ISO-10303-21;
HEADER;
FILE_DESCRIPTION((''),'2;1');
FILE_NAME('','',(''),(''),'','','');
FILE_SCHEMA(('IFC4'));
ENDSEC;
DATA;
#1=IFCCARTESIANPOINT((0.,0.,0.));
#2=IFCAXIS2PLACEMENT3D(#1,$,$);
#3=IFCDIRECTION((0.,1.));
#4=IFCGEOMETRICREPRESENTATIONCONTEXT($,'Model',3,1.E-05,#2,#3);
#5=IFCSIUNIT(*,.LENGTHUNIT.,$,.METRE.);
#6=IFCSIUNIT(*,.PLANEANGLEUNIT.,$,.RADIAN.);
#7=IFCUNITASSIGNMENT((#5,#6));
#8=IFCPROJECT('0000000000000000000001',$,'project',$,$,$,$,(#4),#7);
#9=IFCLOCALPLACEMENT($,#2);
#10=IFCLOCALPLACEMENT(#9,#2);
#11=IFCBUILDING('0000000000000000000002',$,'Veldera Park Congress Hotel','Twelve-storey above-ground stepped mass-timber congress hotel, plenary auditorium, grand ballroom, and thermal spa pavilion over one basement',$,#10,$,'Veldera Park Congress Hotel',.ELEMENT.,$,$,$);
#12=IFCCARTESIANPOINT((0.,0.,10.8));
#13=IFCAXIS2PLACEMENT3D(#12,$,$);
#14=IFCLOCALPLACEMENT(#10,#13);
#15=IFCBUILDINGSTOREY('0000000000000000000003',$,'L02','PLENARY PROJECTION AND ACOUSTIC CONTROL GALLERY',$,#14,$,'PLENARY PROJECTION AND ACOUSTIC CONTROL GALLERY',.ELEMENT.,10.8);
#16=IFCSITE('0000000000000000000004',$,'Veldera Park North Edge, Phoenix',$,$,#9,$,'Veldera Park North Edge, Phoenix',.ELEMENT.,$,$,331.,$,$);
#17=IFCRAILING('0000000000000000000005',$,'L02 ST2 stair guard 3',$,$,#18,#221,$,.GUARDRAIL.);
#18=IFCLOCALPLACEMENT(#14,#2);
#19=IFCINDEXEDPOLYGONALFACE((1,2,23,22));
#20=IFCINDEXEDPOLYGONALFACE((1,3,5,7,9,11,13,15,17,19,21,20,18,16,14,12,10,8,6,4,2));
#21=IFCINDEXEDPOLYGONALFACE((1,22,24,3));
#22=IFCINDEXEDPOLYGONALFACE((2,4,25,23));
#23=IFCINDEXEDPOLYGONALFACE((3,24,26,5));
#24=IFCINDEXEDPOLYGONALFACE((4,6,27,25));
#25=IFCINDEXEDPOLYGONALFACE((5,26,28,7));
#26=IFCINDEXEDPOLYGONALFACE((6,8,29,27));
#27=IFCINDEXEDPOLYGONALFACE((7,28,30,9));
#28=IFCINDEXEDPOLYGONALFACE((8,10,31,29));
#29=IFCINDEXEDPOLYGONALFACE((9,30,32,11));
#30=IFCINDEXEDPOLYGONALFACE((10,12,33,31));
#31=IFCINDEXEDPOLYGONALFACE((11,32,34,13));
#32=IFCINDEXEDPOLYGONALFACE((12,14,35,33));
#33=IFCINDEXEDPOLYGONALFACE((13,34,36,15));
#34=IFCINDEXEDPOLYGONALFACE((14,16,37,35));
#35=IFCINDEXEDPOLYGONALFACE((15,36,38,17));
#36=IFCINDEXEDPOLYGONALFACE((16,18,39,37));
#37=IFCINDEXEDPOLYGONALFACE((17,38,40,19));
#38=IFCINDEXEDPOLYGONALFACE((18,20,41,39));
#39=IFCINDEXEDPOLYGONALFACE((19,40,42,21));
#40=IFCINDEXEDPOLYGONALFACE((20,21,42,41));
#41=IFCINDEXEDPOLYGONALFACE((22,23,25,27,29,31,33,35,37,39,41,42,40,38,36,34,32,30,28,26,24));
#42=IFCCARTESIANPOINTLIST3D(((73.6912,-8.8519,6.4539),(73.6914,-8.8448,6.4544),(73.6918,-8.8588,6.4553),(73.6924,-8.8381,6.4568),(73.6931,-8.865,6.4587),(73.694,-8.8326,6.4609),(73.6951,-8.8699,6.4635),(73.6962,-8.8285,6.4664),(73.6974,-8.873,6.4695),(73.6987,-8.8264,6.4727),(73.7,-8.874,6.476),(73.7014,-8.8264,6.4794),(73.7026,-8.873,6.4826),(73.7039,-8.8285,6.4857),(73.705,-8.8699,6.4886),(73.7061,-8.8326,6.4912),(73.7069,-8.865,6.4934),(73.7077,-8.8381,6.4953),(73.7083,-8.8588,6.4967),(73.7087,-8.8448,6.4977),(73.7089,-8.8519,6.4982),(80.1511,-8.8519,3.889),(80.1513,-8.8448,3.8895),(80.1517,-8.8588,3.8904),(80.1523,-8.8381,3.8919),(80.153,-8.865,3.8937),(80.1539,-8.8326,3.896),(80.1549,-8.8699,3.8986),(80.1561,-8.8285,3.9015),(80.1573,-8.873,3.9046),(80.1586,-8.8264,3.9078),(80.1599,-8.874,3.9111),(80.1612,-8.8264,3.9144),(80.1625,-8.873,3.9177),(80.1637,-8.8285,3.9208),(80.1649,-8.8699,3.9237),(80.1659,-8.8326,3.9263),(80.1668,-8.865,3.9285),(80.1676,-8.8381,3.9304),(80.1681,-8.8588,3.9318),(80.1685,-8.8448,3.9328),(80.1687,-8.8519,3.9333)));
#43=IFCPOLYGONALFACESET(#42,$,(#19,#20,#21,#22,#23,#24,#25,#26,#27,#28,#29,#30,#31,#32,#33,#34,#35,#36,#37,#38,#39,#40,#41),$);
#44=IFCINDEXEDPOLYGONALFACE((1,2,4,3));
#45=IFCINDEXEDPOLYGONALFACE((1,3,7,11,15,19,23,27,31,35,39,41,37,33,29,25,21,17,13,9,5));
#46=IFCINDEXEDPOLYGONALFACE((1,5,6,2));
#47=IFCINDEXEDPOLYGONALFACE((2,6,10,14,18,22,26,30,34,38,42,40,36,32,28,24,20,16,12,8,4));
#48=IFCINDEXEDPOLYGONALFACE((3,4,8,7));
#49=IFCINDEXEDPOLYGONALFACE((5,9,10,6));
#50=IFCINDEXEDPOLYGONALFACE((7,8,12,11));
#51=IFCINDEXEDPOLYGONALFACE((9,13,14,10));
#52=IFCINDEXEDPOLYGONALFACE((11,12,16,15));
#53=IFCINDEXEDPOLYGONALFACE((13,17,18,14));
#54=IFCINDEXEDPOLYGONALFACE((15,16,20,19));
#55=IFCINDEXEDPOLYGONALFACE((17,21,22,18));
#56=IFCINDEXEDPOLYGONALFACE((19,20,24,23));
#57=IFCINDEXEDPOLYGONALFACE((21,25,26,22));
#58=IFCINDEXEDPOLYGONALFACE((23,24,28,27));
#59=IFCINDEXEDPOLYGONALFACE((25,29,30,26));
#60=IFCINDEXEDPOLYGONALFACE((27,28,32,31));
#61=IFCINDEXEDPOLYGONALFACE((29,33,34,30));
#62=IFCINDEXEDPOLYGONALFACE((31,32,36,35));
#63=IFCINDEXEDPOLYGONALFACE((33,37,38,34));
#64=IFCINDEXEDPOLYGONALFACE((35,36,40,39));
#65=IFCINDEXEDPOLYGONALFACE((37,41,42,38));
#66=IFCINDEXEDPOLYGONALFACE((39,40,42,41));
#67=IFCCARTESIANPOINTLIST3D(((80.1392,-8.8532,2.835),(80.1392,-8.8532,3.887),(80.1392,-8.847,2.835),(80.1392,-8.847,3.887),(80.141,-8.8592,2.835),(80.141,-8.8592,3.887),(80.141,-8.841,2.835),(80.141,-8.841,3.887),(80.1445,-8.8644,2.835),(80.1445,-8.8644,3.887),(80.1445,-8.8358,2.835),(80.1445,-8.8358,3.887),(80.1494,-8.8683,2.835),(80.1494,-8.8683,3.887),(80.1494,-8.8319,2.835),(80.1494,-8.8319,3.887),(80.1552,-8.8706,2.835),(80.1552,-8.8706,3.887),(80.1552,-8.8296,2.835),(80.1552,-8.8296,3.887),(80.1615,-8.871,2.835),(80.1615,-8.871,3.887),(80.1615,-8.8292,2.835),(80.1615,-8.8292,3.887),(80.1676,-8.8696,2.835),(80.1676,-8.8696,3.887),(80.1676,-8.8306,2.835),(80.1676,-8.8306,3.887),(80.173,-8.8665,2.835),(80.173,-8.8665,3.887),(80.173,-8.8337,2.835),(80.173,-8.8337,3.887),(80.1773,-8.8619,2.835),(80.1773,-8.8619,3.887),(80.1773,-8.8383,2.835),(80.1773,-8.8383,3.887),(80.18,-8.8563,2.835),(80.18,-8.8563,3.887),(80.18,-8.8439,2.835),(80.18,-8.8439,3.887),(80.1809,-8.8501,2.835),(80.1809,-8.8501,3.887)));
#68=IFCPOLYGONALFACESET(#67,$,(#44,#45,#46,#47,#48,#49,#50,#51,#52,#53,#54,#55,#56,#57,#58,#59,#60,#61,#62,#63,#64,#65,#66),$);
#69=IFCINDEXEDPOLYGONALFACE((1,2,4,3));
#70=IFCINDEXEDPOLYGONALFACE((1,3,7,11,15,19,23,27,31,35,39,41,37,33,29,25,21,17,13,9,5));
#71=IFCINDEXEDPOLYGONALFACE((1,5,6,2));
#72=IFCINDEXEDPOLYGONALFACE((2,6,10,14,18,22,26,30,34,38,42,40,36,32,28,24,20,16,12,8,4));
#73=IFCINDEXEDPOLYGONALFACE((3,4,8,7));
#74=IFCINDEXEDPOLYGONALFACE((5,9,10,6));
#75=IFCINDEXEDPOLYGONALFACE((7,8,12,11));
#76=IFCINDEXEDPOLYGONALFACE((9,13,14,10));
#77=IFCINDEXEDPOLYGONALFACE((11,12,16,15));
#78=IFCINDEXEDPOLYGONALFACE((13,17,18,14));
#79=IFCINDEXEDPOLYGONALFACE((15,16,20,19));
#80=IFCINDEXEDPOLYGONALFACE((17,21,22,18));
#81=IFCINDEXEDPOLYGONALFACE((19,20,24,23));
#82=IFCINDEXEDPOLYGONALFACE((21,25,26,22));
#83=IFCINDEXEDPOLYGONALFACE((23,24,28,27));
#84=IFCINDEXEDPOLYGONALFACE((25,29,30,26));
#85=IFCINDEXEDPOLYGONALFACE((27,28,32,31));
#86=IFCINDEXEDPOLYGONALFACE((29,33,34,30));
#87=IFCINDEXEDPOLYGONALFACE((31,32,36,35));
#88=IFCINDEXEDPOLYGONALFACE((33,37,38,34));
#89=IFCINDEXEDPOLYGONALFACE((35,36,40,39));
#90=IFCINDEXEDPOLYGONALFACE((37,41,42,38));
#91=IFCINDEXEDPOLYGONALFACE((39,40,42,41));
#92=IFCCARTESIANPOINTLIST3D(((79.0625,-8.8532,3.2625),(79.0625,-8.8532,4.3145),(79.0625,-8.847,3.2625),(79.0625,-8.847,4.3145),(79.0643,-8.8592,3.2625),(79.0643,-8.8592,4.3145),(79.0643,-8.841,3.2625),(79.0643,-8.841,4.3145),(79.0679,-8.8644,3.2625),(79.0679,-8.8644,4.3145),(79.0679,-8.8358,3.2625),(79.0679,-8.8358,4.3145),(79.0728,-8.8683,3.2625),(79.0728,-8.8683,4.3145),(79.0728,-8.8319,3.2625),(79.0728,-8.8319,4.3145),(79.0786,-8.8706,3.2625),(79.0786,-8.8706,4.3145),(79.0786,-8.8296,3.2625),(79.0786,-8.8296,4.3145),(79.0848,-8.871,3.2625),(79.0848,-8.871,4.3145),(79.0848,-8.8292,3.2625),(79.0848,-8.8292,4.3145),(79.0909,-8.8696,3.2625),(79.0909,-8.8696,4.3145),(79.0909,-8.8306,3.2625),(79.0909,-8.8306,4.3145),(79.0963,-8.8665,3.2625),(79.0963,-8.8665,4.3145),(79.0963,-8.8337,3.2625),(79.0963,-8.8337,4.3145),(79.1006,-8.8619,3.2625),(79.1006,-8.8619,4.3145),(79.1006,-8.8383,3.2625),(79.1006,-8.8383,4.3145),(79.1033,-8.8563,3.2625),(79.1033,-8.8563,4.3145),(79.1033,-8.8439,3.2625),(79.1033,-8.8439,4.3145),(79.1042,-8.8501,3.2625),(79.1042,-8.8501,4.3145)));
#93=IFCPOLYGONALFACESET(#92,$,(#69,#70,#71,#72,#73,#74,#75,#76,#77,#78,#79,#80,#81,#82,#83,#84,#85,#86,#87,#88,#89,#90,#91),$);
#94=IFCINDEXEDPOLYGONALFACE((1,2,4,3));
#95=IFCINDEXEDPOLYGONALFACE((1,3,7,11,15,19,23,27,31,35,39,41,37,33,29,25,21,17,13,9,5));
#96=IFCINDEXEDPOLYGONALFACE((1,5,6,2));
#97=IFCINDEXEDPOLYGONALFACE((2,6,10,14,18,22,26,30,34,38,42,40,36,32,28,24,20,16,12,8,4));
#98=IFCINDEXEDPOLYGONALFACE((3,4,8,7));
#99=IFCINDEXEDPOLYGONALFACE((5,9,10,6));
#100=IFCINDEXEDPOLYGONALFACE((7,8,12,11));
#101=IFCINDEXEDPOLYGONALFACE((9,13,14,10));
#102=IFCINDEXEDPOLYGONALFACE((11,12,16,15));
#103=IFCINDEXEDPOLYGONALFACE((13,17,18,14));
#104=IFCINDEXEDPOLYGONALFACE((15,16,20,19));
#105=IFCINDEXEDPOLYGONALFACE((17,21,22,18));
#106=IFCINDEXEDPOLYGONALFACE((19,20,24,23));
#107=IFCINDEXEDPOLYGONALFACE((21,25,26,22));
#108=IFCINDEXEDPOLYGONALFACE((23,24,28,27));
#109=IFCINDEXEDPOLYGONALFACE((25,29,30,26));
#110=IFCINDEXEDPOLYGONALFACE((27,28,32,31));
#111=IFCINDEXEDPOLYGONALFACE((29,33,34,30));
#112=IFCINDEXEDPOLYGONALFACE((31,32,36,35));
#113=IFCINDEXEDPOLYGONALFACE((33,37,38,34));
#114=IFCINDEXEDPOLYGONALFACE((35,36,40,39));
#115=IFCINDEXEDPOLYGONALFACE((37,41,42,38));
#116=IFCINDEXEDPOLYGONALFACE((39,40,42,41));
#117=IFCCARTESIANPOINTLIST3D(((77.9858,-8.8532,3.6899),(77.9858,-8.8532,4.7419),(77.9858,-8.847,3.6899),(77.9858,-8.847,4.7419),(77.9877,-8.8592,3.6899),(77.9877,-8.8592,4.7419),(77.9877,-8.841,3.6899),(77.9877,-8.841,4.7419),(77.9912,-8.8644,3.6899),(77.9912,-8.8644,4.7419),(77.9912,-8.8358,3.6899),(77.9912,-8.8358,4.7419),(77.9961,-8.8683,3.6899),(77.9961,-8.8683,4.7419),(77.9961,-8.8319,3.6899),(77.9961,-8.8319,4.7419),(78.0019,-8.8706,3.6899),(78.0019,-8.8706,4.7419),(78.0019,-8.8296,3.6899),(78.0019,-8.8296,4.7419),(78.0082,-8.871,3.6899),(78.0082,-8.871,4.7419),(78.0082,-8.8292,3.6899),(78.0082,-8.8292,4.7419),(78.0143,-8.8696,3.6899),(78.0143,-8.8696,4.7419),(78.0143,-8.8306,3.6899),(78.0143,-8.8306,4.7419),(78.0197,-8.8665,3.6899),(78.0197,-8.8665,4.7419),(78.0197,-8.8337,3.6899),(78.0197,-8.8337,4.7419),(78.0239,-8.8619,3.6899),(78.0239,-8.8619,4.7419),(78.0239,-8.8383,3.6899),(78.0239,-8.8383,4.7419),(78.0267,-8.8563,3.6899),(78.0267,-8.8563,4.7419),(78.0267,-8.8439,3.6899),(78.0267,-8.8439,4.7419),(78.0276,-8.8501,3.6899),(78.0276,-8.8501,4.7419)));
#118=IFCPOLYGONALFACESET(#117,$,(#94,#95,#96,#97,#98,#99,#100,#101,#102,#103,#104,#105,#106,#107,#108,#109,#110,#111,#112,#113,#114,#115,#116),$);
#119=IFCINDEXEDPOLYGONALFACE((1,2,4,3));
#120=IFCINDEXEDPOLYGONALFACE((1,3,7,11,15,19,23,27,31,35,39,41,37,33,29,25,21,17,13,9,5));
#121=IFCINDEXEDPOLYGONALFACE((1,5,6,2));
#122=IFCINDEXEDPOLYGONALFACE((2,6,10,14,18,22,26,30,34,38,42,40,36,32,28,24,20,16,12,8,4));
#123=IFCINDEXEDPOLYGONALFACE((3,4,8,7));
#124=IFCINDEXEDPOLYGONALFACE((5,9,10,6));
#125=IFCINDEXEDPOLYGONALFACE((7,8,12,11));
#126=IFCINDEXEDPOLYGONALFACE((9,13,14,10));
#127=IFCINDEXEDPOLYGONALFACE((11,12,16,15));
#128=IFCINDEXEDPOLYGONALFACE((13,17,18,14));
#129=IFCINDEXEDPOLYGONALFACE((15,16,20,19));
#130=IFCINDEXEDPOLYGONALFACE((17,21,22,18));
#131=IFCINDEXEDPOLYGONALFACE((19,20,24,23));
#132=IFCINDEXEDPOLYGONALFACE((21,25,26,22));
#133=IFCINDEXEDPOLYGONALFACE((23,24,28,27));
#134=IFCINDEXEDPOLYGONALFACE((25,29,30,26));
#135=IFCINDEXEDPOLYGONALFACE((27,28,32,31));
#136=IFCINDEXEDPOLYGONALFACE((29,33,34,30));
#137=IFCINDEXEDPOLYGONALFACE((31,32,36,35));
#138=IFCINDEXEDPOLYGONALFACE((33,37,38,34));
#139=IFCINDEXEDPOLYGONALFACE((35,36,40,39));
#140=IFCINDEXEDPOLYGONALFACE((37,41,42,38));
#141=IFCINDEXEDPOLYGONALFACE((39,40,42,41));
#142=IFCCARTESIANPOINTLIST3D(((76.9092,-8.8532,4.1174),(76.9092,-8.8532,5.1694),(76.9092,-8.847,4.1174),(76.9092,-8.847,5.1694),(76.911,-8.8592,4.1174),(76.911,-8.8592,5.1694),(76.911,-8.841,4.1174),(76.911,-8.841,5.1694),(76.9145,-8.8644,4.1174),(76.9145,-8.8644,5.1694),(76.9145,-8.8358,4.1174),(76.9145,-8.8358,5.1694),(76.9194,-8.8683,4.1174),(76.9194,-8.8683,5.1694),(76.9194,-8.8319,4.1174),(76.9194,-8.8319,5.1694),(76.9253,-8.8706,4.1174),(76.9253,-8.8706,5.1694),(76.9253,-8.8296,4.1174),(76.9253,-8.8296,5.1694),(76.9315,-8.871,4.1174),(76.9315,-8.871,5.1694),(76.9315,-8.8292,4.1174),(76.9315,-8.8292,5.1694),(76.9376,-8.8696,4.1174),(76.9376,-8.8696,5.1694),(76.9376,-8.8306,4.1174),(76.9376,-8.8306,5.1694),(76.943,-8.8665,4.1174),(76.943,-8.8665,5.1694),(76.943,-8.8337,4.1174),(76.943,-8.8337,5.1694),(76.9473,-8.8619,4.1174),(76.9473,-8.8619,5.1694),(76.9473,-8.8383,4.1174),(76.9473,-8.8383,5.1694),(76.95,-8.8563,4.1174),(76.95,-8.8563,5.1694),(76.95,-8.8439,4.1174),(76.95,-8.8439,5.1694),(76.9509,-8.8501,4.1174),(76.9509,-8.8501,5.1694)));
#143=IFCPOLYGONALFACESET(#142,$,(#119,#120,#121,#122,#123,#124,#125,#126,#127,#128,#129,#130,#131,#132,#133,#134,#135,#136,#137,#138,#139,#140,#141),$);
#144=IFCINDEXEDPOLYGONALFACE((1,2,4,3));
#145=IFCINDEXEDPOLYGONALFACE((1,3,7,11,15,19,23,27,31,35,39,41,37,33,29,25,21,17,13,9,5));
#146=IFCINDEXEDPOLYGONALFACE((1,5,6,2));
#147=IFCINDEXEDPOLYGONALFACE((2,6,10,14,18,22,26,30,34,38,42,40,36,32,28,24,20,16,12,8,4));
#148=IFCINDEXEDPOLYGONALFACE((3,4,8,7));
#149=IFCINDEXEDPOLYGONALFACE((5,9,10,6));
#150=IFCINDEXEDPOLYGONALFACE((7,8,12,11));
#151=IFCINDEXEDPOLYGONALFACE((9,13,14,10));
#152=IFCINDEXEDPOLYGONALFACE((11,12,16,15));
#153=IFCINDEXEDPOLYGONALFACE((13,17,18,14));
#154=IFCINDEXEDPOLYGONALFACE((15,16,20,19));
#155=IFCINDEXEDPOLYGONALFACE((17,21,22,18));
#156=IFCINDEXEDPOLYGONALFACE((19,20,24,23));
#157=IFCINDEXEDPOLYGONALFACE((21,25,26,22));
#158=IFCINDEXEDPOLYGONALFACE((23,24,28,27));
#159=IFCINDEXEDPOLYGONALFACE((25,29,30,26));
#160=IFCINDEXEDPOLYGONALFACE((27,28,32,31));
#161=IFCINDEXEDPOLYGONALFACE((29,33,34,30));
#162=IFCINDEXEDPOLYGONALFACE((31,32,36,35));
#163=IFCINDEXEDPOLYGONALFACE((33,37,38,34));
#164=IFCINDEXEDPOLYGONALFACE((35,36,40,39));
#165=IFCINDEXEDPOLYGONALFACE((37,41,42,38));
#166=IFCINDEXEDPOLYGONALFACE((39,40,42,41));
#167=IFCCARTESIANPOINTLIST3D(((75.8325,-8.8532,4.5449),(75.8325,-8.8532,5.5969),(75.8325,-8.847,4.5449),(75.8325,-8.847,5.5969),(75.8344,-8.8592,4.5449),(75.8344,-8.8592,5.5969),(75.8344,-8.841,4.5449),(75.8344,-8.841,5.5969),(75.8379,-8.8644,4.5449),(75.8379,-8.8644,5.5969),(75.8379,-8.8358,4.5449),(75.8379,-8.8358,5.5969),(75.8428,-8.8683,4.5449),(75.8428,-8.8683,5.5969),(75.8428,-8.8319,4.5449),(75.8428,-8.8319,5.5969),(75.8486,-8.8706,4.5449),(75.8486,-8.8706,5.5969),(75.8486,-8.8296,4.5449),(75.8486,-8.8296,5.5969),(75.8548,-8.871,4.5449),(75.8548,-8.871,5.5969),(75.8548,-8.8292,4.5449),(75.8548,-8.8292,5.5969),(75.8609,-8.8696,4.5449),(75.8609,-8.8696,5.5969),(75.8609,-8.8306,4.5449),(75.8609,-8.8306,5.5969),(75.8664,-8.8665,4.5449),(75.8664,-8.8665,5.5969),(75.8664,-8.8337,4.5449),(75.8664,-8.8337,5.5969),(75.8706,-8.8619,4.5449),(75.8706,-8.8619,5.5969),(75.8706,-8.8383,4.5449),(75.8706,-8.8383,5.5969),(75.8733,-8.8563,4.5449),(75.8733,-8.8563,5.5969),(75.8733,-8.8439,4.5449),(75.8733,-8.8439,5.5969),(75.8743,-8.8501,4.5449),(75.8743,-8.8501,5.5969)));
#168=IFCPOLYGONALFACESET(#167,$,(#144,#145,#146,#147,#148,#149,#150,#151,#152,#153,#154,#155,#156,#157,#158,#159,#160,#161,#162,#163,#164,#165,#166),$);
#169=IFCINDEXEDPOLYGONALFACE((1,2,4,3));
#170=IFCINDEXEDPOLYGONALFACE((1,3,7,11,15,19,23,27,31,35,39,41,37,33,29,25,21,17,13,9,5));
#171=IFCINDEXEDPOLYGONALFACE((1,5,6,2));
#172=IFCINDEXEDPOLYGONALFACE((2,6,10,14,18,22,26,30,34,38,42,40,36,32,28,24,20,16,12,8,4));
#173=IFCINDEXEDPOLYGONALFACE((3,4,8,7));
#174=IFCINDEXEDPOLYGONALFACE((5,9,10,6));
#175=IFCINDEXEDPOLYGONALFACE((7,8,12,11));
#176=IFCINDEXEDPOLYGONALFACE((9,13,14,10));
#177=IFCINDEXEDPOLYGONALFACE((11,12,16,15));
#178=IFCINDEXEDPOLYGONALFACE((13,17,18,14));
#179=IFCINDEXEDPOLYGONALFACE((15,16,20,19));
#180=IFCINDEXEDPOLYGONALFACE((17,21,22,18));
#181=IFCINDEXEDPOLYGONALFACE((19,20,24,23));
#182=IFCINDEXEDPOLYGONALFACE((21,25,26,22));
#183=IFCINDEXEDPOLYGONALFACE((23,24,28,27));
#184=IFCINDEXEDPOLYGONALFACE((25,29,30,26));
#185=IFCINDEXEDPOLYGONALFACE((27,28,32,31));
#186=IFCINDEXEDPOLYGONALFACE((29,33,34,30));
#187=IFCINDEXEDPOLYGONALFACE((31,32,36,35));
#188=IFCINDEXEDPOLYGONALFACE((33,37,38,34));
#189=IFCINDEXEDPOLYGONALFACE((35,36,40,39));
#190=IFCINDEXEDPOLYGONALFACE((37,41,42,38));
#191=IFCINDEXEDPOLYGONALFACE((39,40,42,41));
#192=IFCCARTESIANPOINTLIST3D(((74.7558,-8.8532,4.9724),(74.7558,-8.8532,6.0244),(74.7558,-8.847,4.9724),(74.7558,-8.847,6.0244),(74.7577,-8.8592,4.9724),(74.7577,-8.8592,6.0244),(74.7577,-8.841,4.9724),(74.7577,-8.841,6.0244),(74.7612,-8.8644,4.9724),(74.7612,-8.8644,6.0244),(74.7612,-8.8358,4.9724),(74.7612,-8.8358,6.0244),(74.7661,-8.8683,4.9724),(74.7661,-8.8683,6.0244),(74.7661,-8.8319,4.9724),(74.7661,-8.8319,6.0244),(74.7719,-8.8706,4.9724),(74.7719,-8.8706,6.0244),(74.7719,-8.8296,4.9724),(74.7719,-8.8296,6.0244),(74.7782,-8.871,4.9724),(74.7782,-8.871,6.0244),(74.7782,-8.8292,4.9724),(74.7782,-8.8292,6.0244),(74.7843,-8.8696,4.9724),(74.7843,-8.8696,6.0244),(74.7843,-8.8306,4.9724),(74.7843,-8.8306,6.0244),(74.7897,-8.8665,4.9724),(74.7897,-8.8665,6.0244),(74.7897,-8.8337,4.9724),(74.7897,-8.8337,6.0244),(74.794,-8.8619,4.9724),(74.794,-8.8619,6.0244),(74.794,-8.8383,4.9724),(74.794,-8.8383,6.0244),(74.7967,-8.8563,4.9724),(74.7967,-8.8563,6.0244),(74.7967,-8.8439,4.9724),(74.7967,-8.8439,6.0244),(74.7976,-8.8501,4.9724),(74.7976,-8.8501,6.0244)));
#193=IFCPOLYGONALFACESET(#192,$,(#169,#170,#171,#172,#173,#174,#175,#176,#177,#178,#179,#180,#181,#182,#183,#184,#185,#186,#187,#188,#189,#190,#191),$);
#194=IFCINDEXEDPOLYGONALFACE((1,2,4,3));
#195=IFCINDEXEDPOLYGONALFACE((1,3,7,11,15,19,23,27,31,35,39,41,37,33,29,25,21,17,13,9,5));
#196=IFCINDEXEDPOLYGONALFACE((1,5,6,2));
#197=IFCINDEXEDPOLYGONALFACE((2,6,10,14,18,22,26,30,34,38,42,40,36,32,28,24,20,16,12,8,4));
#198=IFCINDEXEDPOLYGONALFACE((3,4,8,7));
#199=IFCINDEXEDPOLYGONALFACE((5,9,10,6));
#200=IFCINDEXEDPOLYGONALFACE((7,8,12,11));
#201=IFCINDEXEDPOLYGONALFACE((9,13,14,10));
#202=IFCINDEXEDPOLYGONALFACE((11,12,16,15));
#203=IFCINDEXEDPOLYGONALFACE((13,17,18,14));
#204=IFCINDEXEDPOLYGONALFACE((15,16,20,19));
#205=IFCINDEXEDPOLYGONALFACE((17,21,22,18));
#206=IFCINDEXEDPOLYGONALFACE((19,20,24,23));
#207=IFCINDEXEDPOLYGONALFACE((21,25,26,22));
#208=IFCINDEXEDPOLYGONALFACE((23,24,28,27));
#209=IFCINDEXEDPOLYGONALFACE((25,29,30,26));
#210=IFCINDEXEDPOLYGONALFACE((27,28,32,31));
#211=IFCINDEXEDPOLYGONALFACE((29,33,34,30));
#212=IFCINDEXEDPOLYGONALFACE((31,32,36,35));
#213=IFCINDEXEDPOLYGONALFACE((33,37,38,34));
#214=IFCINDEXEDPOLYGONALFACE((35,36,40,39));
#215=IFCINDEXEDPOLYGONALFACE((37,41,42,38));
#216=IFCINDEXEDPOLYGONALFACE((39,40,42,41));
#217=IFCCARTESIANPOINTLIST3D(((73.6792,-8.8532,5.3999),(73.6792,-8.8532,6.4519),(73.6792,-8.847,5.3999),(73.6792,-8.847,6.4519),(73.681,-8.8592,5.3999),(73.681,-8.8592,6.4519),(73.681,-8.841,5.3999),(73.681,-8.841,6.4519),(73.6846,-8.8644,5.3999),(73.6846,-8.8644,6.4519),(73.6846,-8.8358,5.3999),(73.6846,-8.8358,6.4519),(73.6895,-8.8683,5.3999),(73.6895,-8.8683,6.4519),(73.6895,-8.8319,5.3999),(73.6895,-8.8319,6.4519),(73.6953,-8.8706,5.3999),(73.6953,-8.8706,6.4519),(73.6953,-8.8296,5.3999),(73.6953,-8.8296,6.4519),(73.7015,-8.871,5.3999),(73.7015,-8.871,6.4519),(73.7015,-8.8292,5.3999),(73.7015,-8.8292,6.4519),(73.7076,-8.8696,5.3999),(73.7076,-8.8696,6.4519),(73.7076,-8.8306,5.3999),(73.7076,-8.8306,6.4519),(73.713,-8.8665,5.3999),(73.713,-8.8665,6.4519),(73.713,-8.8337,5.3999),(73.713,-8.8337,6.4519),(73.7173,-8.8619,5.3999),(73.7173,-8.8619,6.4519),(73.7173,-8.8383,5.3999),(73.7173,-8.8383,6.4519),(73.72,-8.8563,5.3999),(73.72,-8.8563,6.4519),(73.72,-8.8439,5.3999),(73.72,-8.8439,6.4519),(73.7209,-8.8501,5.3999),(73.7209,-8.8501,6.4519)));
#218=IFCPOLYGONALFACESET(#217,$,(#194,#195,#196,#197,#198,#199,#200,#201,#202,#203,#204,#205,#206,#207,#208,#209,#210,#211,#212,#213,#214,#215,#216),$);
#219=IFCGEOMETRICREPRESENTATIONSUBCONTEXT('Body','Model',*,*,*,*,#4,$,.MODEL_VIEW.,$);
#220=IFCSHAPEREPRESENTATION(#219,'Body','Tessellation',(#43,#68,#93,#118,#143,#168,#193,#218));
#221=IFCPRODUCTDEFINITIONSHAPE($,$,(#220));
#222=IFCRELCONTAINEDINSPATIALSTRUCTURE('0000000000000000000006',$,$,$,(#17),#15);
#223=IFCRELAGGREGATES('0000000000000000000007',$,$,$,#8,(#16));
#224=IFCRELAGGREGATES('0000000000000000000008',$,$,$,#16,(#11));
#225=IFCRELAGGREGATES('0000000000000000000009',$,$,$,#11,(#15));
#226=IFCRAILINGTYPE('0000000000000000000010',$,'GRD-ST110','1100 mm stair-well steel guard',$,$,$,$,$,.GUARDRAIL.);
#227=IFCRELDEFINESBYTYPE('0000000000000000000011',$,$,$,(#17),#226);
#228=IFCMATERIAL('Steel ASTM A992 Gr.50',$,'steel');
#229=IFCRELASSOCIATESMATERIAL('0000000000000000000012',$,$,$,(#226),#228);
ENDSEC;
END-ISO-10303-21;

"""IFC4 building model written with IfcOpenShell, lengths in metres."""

from ifc_helpers import new_model, si_unit, direction, frame, origin, origin_2d, place, context, subcontext, project, spatial, circle, extrude, material, type_object, element, save


model = new_model("IFC4")

# Units and contexts
model_context = context("Model", 3, precision=1e-05, world=origin(), true_north=direction((0.0, 1.0)))
body_context = subcontext(model_context, "Body", "Model", "MODEL_VIEW")
ifc_project = project(units=[si_unit("LENGTHUNIT", "METRE"), si_unit("PLANEANGLEUNIT", "RADIAN")], contexts=[model_context])

# Site, building, storey
site_placement = place(None, origin())
site = spatial("IfcSite", under=ifc_project, at=site_placement, Name="Veldera Park North Edge, Phoenix", LongName="Veldera Park North Edge, Phoenix", CompositionType="ELEMENT", RefElevation=331.0)
building_placement = place(site_placement, origin())
building = spatial("IfcBuilding", under=site, at=building_placement, Name="Veldera Park Congress Hotel", Description="Twelve-storey above-ground stepped mass-timber congress hotel, plenary auditorium, grand ballroom, and thermal spa pavilion over one basement", LongName="Veldera Park Congress Hotel", CompositionType="ELEMENT")
storey_placement = place(building_placement, frame((0.0, 0.0, 10.8)))
storey = spatial("IfcBuildingStorey", under=building, at=storey_placement, Name="L02", Description="PLENARY PROJECTION AND ACOUSTIC CONTROL GALLERY", LongName="PLENARY PROJECTION AND ACOUSTIC CONTROL GALLERY", CompositionType="ELEMENT", Elevation=10.8)

# Shared definitions
ifc_material_1 = material(Name="Steel ASTM A992 Gr.50", Category="steel")

# Railing
railing_type_1 = type_object("IfcRailingType", Name="GRD-ST110", Description="1100 mm stair-well steel guard", PredefinedType="GUARDRAIL", material=ifc_material_1)
railing_1_placement = place(storey_placement, frame((80.1599, -8.8501, 2.835)))
element("IfcRailing", 1, at=railing_1_placement, inside=storey, type_object=railing_type_1, Name="L02 ST2 stair guard 3", PredefinedType="GUARDRAIL", context=body_context, shape_type="SweptSolid", body=[
    extrude(circle(Radius=0.0239, at=origin_2d()), frame((0.0, 0.0, 1.0762), z_axis=(-0.929418, 0.0, 0.369028), x_axis=(0.0, -1.0, 0.0)), (0.0, 0.0, 1.0), 6.9504),
    extrude(circle(Radius=0.021, at=origin_2d()), origin(), (0.0, 0.0, 1.0), 1.052),
    extrude(circle(Radius=0.021, at=origin_2d()), frame((-1.0767, 0.0, 0.4275)), (0.0, 0.0, 1.0), 1.052),
    extrude(circle(Radius=0.021, at=origin_2d()), frame((-2.1533, 0.0, 0.855)), (0.0, 0.0, 1.0), 1.052),
    extrude(circle(Radius=0.021, at=origin_2d()), frame((-3.23, 0.0, 1.2825)), (0.0, 0.0, 1.0), 1.052),
    extrude(circle(Radius=0.021, at=origin_2d()), frame((-4.3066, 0.0, 1.71)), (0.0, 0.0, 1.0), 1.052),
    extrude(circle(Radius=0.021, at=origin_2d()), frame((-5.3833, 0.0, 2.1375)), (0.0, 0.0, 1.0), 1.052),
    extrude(circle(Radius=0.021, at=origin_2d()), frame((-6.46, 0.0, 2.5649)), (0.0, 0.0, 1.0), 1.052),
])

save(model, "model.ifc")
